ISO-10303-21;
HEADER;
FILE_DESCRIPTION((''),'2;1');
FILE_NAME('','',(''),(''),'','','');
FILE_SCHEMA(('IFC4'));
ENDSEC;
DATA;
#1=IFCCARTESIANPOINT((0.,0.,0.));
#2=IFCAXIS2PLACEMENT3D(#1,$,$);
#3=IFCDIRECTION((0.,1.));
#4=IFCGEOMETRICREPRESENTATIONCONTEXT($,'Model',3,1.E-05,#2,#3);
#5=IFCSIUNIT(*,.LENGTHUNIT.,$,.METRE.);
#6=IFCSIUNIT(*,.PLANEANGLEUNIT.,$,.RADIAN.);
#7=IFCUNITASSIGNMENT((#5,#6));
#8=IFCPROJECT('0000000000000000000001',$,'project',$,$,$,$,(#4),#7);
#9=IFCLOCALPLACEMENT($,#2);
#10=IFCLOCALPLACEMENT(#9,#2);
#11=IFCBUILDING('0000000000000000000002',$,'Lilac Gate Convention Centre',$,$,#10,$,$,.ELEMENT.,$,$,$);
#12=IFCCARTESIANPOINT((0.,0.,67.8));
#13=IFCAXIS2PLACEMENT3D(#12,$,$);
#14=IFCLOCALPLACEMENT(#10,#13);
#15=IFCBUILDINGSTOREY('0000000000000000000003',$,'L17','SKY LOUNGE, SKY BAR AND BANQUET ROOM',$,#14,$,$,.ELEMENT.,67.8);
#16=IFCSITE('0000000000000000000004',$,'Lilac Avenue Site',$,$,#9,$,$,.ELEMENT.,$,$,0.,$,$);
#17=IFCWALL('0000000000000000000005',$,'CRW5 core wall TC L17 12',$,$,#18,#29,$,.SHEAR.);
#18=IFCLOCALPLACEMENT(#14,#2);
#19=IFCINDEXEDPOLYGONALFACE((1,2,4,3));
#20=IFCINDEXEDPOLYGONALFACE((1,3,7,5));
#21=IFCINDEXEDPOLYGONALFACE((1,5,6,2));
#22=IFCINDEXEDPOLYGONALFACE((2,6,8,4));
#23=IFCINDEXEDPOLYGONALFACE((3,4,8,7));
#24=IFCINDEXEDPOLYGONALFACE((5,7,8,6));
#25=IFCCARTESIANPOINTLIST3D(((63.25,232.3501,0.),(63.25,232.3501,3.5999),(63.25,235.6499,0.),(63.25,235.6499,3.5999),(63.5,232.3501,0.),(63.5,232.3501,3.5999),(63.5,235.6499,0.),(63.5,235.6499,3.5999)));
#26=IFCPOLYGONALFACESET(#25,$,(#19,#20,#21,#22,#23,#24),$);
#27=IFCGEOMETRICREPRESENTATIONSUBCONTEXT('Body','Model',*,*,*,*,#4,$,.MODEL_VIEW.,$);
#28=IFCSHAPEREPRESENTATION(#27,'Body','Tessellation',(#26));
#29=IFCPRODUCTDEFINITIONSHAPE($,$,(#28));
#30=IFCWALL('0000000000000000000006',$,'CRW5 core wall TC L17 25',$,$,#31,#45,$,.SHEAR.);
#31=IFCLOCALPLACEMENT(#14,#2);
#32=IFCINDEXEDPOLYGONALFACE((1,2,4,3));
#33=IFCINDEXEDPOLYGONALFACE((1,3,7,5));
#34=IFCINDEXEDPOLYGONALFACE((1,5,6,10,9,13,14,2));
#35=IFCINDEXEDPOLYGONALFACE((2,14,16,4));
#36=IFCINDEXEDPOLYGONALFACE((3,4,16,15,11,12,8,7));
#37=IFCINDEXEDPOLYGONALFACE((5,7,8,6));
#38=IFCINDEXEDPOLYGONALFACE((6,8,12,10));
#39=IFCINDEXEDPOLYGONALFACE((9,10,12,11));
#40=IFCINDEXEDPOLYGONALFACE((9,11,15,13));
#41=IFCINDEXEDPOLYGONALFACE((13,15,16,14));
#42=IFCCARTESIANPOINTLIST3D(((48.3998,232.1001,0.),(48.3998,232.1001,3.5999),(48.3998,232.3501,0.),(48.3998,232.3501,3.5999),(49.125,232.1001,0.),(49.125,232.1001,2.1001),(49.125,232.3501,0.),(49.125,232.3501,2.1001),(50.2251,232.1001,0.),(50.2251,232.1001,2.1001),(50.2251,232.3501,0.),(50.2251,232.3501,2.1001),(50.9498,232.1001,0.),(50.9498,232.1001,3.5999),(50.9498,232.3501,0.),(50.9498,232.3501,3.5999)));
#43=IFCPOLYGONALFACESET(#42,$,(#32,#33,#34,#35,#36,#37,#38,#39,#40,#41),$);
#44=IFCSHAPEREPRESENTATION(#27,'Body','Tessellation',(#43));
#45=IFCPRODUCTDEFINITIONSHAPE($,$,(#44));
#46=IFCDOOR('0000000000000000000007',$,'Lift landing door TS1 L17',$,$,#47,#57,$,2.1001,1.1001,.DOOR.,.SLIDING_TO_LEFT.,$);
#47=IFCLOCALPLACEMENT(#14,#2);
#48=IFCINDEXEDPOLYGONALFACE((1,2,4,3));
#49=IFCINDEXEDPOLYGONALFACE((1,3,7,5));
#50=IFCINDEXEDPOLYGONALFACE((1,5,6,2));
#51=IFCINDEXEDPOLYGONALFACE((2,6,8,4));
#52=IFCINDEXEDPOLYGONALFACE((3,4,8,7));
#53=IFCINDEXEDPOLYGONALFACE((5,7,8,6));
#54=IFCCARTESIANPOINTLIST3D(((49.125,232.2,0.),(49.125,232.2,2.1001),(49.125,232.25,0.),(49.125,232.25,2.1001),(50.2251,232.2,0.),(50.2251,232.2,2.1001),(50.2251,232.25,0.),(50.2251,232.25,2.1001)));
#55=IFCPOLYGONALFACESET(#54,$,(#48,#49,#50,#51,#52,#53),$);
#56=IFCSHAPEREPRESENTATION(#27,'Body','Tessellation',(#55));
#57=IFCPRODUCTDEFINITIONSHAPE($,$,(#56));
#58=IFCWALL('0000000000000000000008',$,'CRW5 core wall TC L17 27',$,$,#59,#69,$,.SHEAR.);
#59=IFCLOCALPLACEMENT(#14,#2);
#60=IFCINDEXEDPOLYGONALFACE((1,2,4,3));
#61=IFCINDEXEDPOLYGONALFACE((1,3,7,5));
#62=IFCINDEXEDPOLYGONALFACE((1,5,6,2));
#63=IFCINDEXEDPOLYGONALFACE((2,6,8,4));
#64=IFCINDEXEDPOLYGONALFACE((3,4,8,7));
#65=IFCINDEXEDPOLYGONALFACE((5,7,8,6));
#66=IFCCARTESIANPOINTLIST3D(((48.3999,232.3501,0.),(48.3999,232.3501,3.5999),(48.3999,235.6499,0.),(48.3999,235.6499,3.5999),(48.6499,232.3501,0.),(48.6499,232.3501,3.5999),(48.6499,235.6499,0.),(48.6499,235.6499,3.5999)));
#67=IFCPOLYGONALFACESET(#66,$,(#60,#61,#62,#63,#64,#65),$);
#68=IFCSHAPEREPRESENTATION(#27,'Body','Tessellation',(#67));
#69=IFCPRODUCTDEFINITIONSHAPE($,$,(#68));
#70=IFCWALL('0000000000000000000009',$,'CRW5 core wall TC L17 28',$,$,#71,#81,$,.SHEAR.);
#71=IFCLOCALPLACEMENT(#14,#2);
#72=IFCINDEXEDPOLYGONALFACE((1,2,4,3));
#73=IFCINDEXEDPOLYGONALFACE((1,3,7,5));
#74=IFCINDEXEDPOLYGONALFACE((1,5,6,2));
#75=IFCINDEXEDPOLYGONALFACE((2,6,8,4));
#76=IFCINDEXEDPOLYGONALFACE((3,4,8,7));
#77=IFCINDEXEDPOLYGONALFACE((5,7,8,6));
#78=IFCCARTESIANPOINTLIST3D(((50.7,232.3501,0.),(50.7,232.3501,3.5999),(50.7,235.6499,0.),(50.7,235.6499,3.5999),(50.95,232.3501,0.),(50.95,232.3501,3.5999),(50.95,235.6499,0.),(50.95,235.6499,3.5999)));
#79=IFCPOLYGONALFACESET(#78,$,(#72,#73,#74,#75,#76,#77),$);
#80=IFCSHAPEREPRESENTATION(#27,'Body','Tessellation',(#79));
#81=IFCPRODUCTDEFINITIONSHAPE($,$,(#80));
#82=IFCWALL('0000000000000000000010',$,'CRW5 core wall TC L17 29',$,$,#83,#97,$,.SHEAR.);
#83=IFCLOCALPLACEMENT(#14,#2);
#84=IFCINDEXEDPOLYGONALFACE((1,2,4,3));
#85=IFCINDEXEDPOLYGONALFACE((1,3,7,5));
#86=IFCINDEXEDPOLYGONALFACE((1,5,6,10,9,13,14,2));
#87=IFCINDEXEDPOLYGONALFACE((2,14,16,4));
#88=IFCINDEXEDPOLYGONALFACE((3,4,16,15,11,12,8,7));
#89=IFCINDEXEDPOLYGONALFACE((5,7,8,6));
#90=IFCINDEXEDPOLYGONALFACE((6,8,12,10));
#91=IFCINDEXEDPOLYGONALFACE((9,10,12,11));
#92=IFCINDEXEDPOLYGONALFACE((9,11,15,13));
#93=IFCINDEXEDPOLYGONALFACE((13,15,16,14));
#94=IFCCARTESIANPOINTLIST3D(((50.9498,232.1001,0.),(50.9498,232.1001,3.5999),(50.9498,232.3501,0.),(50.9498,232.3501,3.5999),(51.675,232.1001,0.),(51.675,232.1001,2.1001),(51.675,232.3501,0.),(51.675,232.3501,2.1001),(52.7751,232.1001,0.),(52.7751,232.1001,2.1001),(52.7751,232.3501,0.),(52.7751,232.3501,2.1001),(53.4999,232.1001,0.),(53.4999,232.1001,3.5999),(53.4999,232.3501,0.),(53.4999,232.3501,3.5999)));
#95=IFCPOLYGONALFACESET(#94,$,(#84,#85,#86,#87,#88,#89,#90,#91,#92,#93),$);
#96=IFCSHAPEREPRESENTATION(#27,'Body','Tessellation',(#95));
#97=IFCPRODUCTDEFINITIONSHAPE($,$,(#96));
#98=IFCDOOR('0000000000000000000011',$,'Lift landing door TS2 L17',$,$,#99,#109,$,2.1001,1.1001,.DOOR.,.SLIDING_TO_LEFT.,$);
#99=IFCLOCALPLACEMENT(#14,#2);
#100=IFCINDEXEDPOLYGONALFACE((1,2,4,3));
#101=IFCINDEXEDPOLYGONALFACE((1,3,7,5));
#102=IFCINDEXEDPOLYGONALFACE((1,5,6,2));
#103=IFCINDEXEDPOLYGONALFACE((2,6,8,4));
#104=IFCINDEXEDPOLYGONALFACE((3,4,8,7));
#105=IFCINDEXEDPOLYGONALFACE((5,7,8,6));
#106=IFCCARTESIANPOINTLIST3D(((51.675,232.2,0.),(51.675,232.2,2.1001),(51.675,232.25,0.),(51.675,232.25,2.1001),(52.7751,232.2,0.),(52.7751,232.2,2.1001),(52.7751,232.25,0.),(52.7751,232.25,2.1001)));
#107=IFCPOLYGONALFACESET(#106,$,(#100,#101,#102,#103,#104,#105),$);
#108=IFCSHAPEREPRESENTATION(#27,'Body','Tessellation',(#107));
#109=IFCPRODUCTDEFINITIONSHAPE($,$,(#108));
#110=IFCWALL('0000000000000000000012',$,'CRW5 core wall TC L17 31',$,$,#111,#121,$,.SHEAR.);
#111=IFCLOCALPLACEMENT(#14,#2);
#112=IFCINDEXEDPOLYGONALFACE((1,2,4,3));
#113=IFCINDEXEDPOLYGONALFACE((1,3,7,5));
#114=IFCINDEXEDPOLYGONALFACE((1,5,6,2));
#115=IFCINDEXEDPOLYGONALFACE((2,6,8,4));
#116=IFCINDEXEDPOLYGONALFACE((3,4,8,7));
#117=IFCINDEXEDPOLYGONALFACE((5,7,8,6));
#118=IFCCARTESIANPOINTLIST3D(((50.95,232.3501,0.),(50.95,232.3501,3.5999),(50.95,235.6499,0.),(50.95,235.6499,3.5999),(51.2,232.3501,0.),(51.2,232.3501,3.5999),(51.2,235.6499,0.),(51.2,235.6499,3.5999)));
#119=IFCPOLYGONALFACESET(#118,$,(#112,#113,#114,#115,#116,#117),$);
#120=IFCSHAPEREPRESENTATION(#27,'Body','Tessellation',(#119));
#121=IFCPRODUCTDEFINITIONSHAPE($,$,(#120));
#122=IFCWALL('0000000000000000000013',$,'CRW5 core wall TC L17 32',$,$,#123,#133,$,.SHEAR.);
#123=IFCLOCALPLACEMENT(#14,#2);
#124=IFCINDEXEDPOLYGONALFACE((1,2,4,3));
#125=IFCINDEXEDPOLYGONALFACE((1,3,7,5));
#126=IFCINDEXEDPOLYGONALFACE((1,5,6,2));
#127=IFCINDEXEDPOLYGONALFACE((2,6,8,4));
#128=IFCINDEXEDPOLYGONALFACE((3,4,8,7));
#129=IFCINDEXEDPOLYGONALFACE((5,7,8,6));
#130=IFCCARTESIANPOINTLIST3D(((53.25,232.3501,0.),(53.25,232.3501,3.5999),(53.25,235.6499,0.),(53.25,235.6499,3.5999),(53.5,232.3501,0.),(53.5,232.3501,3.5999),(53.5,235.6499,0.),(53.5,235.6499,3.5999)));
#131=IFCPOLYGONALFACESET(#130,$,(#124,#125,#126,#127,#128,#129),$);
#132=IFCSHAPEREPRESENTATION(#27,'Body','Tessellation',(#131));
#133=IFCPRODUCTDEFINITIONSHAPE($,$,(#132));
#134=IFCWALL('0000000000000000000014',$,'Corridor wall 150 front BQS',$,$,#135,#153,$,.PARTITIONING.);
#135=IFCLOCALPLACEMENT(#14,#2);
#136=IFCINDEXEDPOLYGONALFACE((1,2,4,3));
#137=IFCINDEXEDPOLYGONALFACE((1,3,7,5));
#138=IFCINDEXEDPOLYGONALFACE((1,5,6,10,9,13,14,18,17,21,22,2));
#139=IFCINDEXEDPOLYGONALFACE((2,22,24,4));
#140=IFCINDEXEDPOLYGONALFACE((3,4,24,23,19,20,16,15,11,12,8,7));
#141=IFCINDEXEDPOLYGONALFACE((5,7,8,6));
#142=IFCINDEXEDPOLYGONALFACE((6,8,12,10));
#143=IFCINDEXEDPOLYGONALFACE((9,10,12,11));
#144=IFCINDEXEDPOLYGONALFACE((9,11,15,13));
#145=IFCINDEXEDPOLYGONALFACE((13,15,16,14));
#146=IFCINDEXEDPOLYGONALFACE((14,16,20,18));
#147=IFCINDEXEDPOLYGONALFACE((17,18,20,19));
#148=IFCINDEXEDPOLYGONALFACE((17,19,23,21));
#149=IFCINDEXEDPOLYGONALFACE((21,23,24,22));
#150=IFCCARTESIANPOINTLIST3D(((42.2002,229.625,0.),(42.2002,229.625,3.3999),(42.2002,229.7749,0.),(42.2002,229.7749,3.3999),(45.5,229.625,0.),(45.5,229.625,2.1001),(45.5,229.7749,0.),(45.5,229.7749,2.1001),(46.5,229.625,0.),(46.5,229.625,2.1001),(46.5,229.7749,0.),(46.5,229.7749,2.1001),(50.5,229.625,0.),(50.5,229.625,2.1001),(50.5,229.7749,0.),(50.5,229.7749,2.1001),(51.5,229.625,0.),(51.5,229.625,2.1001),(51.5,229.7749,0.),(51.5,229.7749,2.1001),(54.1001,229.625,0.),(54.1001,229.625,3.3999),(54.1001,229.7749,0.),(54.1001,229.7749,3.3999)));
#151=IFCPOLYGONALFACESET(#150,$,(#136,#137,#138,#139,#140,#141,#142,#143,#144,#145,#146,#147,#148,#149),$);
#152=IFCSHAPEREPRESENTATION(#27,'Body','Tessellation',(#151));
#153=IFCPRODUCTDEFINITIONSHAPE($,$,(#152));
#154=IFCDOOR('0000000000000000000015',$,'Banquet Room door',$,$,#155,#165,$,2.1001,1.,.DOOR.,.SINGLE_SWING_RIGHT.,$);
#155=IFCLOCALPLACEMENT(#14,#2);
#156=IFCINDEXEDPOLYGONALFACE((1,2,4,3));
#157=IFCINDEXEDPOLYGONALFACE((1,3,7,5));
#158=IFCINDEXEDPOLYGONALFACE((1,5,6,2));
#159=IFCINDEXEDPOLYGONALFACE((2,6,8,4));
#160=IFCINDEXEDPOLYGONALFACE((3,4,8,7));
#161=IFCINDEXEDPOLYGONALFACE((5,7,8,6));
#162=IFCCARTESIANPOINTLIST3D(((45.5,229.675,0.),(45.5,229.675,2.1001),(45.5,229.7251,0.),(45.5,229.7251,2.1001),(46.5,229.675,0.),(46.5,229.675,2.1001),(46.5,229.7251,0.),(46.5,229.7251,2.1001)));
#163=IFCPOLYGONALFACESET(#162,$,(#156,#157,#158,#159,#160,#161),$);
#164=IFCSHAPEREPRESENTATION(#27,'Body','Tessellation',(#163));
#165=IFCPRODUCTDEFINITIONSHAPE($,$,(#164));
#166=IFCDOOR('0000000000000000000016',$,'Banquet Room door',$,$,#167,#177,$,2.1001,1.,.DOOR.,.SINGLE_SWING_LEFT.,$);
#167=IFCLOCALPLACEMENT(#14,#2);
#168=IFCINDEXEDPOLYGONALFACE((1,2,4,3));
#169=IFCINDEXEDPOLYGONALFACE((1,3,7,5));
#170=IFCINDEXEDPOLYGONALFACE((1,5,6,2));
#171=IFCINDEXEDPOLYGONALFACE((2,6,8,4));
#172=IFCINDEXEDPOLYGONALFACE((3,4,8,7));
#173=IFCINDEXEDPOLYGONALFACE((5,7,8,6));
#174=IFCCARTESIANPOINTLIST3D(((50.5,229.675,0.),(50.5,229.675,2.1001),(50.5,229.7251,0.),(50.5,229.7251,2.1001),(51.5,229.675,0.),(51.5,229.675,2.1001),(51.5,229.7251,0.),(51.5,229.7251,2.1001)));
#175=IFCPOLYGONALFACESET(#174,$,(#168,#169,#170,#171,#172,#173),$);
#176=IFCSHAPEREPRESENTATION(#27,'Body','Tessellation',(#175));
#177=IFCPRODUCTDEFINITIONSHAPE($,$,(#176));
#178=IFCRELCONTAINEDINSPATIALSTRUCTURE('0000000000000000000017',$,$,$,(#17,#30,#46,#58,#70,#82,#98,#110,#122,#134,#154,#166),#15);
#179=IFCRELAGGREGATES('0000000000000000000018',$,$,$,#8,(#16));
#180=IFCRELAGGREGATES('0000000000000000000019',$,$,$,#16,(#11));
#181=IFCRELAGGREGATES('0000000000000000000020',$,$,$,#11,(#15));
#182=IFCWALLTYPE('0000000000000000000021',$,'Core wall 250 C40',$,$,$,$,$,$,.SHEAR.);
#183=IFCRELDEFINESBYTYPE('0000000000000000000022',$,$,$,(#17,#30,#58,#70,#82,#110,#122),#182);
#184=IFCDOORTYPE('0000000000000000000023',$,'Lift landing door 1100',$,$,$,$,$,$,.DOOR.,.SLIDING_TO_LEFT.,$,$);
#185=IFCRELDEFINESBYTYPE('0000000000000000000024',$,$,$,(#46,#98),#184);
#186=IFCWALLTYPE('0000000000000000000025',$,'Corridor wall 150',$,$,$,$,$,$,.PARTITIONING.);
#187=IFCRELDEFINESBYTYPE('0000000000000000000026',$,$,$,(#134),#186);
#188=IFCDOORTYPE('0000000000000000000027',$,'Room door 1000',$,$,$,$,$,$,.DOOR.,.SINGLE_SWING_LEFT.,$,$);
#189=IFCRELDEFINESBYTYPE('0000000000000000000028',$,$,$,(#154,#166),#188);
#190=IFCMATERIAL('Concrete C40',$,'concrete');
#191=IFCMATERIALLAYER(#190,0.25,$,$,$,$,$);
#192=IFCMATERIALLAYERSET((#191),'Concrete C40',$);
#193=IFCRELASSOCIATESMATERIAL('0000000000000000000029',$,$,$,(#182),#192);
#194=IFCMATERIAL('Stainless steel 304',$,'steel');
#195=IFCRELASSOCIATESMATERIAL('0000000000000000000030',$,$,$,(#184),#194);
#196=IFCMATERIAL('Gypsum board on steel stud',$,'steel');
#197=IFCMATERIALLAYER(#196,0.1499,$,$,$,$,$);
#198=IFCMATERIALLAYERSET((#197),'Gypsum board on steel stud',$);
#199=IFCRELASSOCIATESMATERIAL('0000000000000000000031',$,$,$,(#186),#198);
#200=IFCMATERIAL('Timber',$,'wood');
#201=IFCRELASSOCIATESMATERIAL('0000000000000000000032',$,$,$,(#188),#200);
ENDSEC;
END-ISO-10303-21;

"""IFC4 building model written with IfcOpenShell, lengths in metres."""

from ifc_helpers import new_model, si_unit, direction, frame, frame_2d, origin, place, context, subcontext, project, spatial, rectangle, extrude, material, layer, layer_set, type_object, element, fill, save


model = new_model("IFC4")

# Units and contexts
model_context = context("Model", 3, precision=1e-05, world=origin(), true_north=direction((0.0, 1.0)))
body_context = subcontext(model_context, "Body", "Model", "MODEL_VIEW")
ifc_project = project(units=[si_unit("LENGTHUNIT", "METRE"), si_unit("PLANEANGLEUNIT", "RADIAN")], contexts=[model_context])

# Site, building, storey
site_placement = place(None, origin())
site = spatial("IfcSite", under=ifc_project, at=site_placement, Name="Lilac Avenue Site", CompositionType="ELEMENT", RefElevation=0.0)
building_placement = place(site_placement, origin())
building = spatial("IfcBuilding", under=site, at=building_placement, Name="Lilac Gate Convention Centre", CompositionType="ELEMENT")
storey_placement = place(building_placement, frame((0.0, 0.0, 67.8)))
storey = spatial("IfcBuildingStorey", under=building, at=storey_placement, Name="L17", Description="SKY LOUNGE, SKY BAR AND BANQUET ROOM", CompositionType="ELEMENT", Elevation=67.8)

# Shared definitions
ifc_material_1 = material(Name="Concrete C40", Category="concrete")

# Shared definitions
ifc_layer_1 = layer(ifc_material_1, 0.25)
ifc_layer_set_1 = layer_set([ifc_layer_1], Name="Concrete C40")
wall_type_1 = type_object("IfcWallType", Name="Core wall 250 C40", PredefinedType="SHEAR", material=ifc_layer_set_1)
ifc_material_2 = material(Name="Stainless steel 304", Category="steel")
door_type_1 = type_object("IfcDoorType", Name="Lift landing door 1100", OperationType="SLIDING_TO_LEFT", PredefinedType="DOOR", material=ifc_material_2)

# Wall
for number, where, z_axis, x_axis, name in (
    (1, (63.375, 232.3501, 0.0), (0.0, 0.0, 1.0), (0.0, 1.0, 0.0), "CRW5 core wall TC L17 12"),
):
    element("IfcWall", number, at=place(storey_placement, frame(where, z_axis=z_axis, x_axis=x_axis)), inside=storey, type_object=wall_type_1, Name=name, PredefinedType="SHEAR", context=body_context, shape_type="SweptSolid", body=[
        extrude(rectangle(XDim=3.2998, YDim=0.25, at=frame_2d((1.6499, 0.0))), origin(), (0.0, 0.0, 1.0), 3.5999),
    ])

# Wall, opening, door
wall_1_placement = place(storey_placement, frame((48.3999, 232.2251, 0.0), z_axis=(0.0, 0.0, 1.0), x_axis=(1.0, 0.0, 0.0)))
wall_1 = element("IfcWall", 2, at=wall_1_placement, inside=storey, type_object=wall_type_1, Name="CRW5 core wall TC L17 25", PredefinedType="SHEAR", context=body_context, shape_type="SweptSolid", body=[
    extrude(rectangle(XDim=2.55, YDim=0.25, at=frame_2d((1.2749, 0.0))), origin(), (0.0, 0.0, 1.0), 3.5999),
])
opening_1_placement = place(wall_1_placement, frame((0.7251, 0.0, 0.0)))
opening_1 = element("IfcOpeningElement", 3, at=opening_1_placement, cuts=wall_1, PredefinedType="OPENING", context=body_context, shape_type="SweptSolid", body=[
    extrude(rectangle(XDim=1.1001, YDim=2.1001, at=frame_2d((0.55, 1.05))), frame((0.0, 0.135, 0.0), z_axis=(0.0, -1.0, 0.0), x_axis=(1.0, 0.0, 0.0)), (0.0, 0.0, 1.0), 0.27),
])
door_1_placement = place(opening_1_placement, origin())
door_1 = element("IfcDoor", 4, at=door_1_placement, inside=storey, type_object=door_type_1, Name="Lift landing door TS1 L17", OperationType="SLIDING_TO_LEFT", OverallHeight=2.1001, OverallWidth=1.1001, PredefinedType="DOOR", context=body_context, shape_type="SweptSolid", body=[
    extrude(rectangle(XDim=1.1001, YDim=2.1001, at=frame_2d((0.55, 1.05))), frame((0.0, 0.0249, 0.0), z_axis=(0.0, -1.0, 0.0), x_axis=(1.0, 0.0, 0.0)), (0.0, 0.0, 1.0), 0.05),
])
fill(opening_1, door_1)

# Walls
for number, where, z_axis, x_axis, name in (
    (5, (48.5249, 232.3501, 0.0), (0.0, 0.0, 1.0), (0.0, 1.0, 0.0), "CRW5 core wall TC L17 27"),
    (6, (50.825, 232.3501, 0.0), (0.0, 0.0, 1.0), (0.0, 1.0, 0.0), "CRW5 core wall TC L17 28"),
):
    element("IfcWall", number, at=place(storey_placement, frame(where, z_axis=z_axis, x_axis=x_axis)), inside=storey, type_object=wall_type_1, Name=name, PredefinedType="SHEAR", context=body_context, shape_type="SweptSolid", body=[
        extrude(rectangle(XDim=3.2998, YDim=0.25, at=frame_2d((1.6499, 0.0))), origin(), (0.0, 0.0, 1.0), 3.5999),
    ])

# Wall, opening, door
wall_2_placement = place(storey_placement, frame((50.95, 232.2251, 0.0), z_axis=(0.0, 0.0, 1.0), x_axis=(1.0, 0.0, 0.0)))
wall_2 = element("IfcWall", 7, at=wall_2_placement, inside=storey, type_object=wall_type_1, Name="CRW5 core wall TC L17 29", PredefinedType="SHEAR", context=body_context, shape_type="SweptSolid", body=[
    extrude(rectangle(XDim=2.55, YDim=0.25, at=frame_2d((1.2749, 0.0))), origin(), (0.0, 0.0, 1.0), 3.5999),
])
opening_2_placement = place(wall_2_placement, frame((0.7251, 0.0, 0.0)))
opening_2 = element("IfcOpeningElement", 8, at=opening_2_placement, cuts=wall_2, PredefinedType="OPENING", context=body_context, shape_type="SweptSolid", body=[
    extrude(rectangle(XDim=1.1001, YDim=2.1001, at=frame_2d((0.55, 1.05))), frame((0.0, 0.135, 0.0), z_axis=(0.0, -1.0, 0.0), x_axis=(1.0, 0.0, 0.0)), (0.0, 0.0, 1.0), 0.27),
])
door_2_placement = place(opening_2_placement, origin())
door_2 = element("IfcDoor", 9, at=door_2_placement, inside=storey, type_object=door_type_1, Name="Lift landing door TS2 L17", OperationType="SLIDING_TO_LEFT", OverallHeight=2.1001, OverallWidth=1.1001, PredefinedType="DOOR", context=body_context, shape_type="SweptSolid", body=[
    extrude(rectangle(XDim=1.1001, YDim=2.1001, at=frame_2d((0.55, 1.05))), frame((0.0, 0.0249, 0.0), z_axis=(0.0, -1.0, 0.0), x_axis=(1.0, 0.0, 0.0)), (0.0, 0.0, 1.0), 0.05),
])
fill(opening_2, door_2)

# Walls
for number, where, z_axis, x_axis, name in (
    (10, (51.075, 232.3501, 0.0), (0.0, 0.0, 1.0), (0.0, 1.0, 0.0), "CRW5 core wall TC L17 31"),
    (11, (53.375, 232.3501, 0.0), (0.0, 0.0, 1.0), (0.0, 1.0, 0.0), "CRW5 core wall TC L17 32"),
):
    element("IfcWall", number, at=place(storey_placement, frame(where, z_axis=z_axis, x_axis=x_axis)), inside=storey, type_object=wall_type_1, Name=name, PredefinedType="SHEAR", context=body_context, shape_type="SweptSolid", body=[
        extrude(rectangle(XDim=3.2998, YDim=0.25, at=frame_2d((1.6499, 0.0))), origin(), (0.0, 0.0, 1.0), 3.5999),
    ])

# Wall, openings, doors
ifc_material_3 = material(Name="Gypsum board on steel stud", Category="steel")
ifc_layer_2 = layer(ifc_material_3, 0.1499)
ifc_layer_set_2 = layer_set([ifc_layer_2], Name="Gypsum board on steel stud")
wall_type_2 = type_object("IfcWallType", Name="Corridor wall 150", PredefinedType="PARTITIONING", material=ifc_layer_set_2)
wall_3_placement = place(storey_placement, frame((54.1001, 229.7, 0.0), z_axis=(0.0, 0.0, 1.0), x_axis=(-1.0, 0.0, 0.0)))
wall_3 = element("IfcWall", 12, at=wall_3_placement, inside=storey, type_object=wall_type_2, Name="Corridor wall 150 front BQS", PredefinedType="PARTITIONING", context=body_context, shape_type="SweptSolid", body=[
    extrude(rectangle(XDim=11.8999, YDim=0.1499, at=frame_2d((5.95, 0.0))), origin(), (0.0, 0.0, 1.0), 3.3999),
])
opening_3_placement = place(wall_3_placement, frame((7.6001, 0.0, 0.0)))
opening_3 = element("IfcOpeningElement", 13, at=opening_3_placement, cuts=wall_3, PredefinedType="OPENING", context=body_context, shape_type="SweptSolid", body=[
    extrude(rectangle(XDim=1.0, YDim=2.1001, at=frame_2d((0.5, 1.05))), frame((0.0, 0.085, 0.0), z_axis=(0.0, -1.0, 0.0), x_axis=(1.0, 0.0, 0.0)), (0.0, 0.0, 1.0), 0.1699),
])
opening_4_placement = place(wall_3_placement, frame((2.6001, 0.0, 0.0)))
opening_4 = element("IfcOpeningElement", 14, at=opening_4_placement, cuts=wall_3, PredefinedType="OPENING", context=body_context, shape_type="SweptSolid", body=[
    extrude(rectangle(XDim=1.0, YDim=2.1001, at=frame_2d((0.5, 1.05))), frame((0.0, 0.085, 0.0), z_axis=(0.0, -1.0, 0.0), x_axis=(1.0, 0.0, 0.0)), (0.0, 0.0, 1.0), 0.1699),
])
ifc_material_4 = material(Name="Timber", Category="wood")
door_type_2 = type_object("IfcDoorType", Name="Room door 1000", OperationType="SINGLE_SWING_LEFT", PredefinedType="DOOR", material=ifc_material_4)
door_3_placement = place(opening_3_placement, origin())
door_3 = element("IfcDoor", 15, at=door_3_placement, inside=storey, type_object=door_type_2, Name="Banquet Room door", OperationType="SINGLE_SWING_RIGHT", OverallHeight=2.1001, OverallWidth=1.0, PredefinedType="DOOR", context=body_context, shape_type="SweptSolid", body=[
    extrude(rectangle(XDim=1.0, YDim=2.1001, at=frame_2d((0.5, 1.05))), frame((0.0, 0.0249, 0.0), z_axis=(0.0, -1.0, 0.0), x_axis=(1.0, 0.0, 0.0)), (0.0, 0.0, 1.0), 0.05),
])
fill(opening_3, door_3)
door_4_placement = place(opening_4_placement, origin())
door_4 = element("IfcDoor", 16, at=door_4_placement, inside=storey, type_object=door_type_2, Name="Banquet Room door", OperationType="SINGLE_SWING_LEFT", OverallHeight=2.1001, OverallWidth=1.0, PredefinedType="DOOR", context=body_context, shape_type="SweptSolid", body=[
    extrude(rectangle(XDim=1.0, YDim=2.1001, at=frame_2d((0.5, 1.05))), frame((0.0, 0.0249, 0.0), z_axis=(0.0, -1.0, 0.0), x_axis=(1.0, 0.0, 0.0)), (0.0, 0.0, 1.0), 0.05),
])
fill(opening_4, door_4)

save(model, "model.ifc")
